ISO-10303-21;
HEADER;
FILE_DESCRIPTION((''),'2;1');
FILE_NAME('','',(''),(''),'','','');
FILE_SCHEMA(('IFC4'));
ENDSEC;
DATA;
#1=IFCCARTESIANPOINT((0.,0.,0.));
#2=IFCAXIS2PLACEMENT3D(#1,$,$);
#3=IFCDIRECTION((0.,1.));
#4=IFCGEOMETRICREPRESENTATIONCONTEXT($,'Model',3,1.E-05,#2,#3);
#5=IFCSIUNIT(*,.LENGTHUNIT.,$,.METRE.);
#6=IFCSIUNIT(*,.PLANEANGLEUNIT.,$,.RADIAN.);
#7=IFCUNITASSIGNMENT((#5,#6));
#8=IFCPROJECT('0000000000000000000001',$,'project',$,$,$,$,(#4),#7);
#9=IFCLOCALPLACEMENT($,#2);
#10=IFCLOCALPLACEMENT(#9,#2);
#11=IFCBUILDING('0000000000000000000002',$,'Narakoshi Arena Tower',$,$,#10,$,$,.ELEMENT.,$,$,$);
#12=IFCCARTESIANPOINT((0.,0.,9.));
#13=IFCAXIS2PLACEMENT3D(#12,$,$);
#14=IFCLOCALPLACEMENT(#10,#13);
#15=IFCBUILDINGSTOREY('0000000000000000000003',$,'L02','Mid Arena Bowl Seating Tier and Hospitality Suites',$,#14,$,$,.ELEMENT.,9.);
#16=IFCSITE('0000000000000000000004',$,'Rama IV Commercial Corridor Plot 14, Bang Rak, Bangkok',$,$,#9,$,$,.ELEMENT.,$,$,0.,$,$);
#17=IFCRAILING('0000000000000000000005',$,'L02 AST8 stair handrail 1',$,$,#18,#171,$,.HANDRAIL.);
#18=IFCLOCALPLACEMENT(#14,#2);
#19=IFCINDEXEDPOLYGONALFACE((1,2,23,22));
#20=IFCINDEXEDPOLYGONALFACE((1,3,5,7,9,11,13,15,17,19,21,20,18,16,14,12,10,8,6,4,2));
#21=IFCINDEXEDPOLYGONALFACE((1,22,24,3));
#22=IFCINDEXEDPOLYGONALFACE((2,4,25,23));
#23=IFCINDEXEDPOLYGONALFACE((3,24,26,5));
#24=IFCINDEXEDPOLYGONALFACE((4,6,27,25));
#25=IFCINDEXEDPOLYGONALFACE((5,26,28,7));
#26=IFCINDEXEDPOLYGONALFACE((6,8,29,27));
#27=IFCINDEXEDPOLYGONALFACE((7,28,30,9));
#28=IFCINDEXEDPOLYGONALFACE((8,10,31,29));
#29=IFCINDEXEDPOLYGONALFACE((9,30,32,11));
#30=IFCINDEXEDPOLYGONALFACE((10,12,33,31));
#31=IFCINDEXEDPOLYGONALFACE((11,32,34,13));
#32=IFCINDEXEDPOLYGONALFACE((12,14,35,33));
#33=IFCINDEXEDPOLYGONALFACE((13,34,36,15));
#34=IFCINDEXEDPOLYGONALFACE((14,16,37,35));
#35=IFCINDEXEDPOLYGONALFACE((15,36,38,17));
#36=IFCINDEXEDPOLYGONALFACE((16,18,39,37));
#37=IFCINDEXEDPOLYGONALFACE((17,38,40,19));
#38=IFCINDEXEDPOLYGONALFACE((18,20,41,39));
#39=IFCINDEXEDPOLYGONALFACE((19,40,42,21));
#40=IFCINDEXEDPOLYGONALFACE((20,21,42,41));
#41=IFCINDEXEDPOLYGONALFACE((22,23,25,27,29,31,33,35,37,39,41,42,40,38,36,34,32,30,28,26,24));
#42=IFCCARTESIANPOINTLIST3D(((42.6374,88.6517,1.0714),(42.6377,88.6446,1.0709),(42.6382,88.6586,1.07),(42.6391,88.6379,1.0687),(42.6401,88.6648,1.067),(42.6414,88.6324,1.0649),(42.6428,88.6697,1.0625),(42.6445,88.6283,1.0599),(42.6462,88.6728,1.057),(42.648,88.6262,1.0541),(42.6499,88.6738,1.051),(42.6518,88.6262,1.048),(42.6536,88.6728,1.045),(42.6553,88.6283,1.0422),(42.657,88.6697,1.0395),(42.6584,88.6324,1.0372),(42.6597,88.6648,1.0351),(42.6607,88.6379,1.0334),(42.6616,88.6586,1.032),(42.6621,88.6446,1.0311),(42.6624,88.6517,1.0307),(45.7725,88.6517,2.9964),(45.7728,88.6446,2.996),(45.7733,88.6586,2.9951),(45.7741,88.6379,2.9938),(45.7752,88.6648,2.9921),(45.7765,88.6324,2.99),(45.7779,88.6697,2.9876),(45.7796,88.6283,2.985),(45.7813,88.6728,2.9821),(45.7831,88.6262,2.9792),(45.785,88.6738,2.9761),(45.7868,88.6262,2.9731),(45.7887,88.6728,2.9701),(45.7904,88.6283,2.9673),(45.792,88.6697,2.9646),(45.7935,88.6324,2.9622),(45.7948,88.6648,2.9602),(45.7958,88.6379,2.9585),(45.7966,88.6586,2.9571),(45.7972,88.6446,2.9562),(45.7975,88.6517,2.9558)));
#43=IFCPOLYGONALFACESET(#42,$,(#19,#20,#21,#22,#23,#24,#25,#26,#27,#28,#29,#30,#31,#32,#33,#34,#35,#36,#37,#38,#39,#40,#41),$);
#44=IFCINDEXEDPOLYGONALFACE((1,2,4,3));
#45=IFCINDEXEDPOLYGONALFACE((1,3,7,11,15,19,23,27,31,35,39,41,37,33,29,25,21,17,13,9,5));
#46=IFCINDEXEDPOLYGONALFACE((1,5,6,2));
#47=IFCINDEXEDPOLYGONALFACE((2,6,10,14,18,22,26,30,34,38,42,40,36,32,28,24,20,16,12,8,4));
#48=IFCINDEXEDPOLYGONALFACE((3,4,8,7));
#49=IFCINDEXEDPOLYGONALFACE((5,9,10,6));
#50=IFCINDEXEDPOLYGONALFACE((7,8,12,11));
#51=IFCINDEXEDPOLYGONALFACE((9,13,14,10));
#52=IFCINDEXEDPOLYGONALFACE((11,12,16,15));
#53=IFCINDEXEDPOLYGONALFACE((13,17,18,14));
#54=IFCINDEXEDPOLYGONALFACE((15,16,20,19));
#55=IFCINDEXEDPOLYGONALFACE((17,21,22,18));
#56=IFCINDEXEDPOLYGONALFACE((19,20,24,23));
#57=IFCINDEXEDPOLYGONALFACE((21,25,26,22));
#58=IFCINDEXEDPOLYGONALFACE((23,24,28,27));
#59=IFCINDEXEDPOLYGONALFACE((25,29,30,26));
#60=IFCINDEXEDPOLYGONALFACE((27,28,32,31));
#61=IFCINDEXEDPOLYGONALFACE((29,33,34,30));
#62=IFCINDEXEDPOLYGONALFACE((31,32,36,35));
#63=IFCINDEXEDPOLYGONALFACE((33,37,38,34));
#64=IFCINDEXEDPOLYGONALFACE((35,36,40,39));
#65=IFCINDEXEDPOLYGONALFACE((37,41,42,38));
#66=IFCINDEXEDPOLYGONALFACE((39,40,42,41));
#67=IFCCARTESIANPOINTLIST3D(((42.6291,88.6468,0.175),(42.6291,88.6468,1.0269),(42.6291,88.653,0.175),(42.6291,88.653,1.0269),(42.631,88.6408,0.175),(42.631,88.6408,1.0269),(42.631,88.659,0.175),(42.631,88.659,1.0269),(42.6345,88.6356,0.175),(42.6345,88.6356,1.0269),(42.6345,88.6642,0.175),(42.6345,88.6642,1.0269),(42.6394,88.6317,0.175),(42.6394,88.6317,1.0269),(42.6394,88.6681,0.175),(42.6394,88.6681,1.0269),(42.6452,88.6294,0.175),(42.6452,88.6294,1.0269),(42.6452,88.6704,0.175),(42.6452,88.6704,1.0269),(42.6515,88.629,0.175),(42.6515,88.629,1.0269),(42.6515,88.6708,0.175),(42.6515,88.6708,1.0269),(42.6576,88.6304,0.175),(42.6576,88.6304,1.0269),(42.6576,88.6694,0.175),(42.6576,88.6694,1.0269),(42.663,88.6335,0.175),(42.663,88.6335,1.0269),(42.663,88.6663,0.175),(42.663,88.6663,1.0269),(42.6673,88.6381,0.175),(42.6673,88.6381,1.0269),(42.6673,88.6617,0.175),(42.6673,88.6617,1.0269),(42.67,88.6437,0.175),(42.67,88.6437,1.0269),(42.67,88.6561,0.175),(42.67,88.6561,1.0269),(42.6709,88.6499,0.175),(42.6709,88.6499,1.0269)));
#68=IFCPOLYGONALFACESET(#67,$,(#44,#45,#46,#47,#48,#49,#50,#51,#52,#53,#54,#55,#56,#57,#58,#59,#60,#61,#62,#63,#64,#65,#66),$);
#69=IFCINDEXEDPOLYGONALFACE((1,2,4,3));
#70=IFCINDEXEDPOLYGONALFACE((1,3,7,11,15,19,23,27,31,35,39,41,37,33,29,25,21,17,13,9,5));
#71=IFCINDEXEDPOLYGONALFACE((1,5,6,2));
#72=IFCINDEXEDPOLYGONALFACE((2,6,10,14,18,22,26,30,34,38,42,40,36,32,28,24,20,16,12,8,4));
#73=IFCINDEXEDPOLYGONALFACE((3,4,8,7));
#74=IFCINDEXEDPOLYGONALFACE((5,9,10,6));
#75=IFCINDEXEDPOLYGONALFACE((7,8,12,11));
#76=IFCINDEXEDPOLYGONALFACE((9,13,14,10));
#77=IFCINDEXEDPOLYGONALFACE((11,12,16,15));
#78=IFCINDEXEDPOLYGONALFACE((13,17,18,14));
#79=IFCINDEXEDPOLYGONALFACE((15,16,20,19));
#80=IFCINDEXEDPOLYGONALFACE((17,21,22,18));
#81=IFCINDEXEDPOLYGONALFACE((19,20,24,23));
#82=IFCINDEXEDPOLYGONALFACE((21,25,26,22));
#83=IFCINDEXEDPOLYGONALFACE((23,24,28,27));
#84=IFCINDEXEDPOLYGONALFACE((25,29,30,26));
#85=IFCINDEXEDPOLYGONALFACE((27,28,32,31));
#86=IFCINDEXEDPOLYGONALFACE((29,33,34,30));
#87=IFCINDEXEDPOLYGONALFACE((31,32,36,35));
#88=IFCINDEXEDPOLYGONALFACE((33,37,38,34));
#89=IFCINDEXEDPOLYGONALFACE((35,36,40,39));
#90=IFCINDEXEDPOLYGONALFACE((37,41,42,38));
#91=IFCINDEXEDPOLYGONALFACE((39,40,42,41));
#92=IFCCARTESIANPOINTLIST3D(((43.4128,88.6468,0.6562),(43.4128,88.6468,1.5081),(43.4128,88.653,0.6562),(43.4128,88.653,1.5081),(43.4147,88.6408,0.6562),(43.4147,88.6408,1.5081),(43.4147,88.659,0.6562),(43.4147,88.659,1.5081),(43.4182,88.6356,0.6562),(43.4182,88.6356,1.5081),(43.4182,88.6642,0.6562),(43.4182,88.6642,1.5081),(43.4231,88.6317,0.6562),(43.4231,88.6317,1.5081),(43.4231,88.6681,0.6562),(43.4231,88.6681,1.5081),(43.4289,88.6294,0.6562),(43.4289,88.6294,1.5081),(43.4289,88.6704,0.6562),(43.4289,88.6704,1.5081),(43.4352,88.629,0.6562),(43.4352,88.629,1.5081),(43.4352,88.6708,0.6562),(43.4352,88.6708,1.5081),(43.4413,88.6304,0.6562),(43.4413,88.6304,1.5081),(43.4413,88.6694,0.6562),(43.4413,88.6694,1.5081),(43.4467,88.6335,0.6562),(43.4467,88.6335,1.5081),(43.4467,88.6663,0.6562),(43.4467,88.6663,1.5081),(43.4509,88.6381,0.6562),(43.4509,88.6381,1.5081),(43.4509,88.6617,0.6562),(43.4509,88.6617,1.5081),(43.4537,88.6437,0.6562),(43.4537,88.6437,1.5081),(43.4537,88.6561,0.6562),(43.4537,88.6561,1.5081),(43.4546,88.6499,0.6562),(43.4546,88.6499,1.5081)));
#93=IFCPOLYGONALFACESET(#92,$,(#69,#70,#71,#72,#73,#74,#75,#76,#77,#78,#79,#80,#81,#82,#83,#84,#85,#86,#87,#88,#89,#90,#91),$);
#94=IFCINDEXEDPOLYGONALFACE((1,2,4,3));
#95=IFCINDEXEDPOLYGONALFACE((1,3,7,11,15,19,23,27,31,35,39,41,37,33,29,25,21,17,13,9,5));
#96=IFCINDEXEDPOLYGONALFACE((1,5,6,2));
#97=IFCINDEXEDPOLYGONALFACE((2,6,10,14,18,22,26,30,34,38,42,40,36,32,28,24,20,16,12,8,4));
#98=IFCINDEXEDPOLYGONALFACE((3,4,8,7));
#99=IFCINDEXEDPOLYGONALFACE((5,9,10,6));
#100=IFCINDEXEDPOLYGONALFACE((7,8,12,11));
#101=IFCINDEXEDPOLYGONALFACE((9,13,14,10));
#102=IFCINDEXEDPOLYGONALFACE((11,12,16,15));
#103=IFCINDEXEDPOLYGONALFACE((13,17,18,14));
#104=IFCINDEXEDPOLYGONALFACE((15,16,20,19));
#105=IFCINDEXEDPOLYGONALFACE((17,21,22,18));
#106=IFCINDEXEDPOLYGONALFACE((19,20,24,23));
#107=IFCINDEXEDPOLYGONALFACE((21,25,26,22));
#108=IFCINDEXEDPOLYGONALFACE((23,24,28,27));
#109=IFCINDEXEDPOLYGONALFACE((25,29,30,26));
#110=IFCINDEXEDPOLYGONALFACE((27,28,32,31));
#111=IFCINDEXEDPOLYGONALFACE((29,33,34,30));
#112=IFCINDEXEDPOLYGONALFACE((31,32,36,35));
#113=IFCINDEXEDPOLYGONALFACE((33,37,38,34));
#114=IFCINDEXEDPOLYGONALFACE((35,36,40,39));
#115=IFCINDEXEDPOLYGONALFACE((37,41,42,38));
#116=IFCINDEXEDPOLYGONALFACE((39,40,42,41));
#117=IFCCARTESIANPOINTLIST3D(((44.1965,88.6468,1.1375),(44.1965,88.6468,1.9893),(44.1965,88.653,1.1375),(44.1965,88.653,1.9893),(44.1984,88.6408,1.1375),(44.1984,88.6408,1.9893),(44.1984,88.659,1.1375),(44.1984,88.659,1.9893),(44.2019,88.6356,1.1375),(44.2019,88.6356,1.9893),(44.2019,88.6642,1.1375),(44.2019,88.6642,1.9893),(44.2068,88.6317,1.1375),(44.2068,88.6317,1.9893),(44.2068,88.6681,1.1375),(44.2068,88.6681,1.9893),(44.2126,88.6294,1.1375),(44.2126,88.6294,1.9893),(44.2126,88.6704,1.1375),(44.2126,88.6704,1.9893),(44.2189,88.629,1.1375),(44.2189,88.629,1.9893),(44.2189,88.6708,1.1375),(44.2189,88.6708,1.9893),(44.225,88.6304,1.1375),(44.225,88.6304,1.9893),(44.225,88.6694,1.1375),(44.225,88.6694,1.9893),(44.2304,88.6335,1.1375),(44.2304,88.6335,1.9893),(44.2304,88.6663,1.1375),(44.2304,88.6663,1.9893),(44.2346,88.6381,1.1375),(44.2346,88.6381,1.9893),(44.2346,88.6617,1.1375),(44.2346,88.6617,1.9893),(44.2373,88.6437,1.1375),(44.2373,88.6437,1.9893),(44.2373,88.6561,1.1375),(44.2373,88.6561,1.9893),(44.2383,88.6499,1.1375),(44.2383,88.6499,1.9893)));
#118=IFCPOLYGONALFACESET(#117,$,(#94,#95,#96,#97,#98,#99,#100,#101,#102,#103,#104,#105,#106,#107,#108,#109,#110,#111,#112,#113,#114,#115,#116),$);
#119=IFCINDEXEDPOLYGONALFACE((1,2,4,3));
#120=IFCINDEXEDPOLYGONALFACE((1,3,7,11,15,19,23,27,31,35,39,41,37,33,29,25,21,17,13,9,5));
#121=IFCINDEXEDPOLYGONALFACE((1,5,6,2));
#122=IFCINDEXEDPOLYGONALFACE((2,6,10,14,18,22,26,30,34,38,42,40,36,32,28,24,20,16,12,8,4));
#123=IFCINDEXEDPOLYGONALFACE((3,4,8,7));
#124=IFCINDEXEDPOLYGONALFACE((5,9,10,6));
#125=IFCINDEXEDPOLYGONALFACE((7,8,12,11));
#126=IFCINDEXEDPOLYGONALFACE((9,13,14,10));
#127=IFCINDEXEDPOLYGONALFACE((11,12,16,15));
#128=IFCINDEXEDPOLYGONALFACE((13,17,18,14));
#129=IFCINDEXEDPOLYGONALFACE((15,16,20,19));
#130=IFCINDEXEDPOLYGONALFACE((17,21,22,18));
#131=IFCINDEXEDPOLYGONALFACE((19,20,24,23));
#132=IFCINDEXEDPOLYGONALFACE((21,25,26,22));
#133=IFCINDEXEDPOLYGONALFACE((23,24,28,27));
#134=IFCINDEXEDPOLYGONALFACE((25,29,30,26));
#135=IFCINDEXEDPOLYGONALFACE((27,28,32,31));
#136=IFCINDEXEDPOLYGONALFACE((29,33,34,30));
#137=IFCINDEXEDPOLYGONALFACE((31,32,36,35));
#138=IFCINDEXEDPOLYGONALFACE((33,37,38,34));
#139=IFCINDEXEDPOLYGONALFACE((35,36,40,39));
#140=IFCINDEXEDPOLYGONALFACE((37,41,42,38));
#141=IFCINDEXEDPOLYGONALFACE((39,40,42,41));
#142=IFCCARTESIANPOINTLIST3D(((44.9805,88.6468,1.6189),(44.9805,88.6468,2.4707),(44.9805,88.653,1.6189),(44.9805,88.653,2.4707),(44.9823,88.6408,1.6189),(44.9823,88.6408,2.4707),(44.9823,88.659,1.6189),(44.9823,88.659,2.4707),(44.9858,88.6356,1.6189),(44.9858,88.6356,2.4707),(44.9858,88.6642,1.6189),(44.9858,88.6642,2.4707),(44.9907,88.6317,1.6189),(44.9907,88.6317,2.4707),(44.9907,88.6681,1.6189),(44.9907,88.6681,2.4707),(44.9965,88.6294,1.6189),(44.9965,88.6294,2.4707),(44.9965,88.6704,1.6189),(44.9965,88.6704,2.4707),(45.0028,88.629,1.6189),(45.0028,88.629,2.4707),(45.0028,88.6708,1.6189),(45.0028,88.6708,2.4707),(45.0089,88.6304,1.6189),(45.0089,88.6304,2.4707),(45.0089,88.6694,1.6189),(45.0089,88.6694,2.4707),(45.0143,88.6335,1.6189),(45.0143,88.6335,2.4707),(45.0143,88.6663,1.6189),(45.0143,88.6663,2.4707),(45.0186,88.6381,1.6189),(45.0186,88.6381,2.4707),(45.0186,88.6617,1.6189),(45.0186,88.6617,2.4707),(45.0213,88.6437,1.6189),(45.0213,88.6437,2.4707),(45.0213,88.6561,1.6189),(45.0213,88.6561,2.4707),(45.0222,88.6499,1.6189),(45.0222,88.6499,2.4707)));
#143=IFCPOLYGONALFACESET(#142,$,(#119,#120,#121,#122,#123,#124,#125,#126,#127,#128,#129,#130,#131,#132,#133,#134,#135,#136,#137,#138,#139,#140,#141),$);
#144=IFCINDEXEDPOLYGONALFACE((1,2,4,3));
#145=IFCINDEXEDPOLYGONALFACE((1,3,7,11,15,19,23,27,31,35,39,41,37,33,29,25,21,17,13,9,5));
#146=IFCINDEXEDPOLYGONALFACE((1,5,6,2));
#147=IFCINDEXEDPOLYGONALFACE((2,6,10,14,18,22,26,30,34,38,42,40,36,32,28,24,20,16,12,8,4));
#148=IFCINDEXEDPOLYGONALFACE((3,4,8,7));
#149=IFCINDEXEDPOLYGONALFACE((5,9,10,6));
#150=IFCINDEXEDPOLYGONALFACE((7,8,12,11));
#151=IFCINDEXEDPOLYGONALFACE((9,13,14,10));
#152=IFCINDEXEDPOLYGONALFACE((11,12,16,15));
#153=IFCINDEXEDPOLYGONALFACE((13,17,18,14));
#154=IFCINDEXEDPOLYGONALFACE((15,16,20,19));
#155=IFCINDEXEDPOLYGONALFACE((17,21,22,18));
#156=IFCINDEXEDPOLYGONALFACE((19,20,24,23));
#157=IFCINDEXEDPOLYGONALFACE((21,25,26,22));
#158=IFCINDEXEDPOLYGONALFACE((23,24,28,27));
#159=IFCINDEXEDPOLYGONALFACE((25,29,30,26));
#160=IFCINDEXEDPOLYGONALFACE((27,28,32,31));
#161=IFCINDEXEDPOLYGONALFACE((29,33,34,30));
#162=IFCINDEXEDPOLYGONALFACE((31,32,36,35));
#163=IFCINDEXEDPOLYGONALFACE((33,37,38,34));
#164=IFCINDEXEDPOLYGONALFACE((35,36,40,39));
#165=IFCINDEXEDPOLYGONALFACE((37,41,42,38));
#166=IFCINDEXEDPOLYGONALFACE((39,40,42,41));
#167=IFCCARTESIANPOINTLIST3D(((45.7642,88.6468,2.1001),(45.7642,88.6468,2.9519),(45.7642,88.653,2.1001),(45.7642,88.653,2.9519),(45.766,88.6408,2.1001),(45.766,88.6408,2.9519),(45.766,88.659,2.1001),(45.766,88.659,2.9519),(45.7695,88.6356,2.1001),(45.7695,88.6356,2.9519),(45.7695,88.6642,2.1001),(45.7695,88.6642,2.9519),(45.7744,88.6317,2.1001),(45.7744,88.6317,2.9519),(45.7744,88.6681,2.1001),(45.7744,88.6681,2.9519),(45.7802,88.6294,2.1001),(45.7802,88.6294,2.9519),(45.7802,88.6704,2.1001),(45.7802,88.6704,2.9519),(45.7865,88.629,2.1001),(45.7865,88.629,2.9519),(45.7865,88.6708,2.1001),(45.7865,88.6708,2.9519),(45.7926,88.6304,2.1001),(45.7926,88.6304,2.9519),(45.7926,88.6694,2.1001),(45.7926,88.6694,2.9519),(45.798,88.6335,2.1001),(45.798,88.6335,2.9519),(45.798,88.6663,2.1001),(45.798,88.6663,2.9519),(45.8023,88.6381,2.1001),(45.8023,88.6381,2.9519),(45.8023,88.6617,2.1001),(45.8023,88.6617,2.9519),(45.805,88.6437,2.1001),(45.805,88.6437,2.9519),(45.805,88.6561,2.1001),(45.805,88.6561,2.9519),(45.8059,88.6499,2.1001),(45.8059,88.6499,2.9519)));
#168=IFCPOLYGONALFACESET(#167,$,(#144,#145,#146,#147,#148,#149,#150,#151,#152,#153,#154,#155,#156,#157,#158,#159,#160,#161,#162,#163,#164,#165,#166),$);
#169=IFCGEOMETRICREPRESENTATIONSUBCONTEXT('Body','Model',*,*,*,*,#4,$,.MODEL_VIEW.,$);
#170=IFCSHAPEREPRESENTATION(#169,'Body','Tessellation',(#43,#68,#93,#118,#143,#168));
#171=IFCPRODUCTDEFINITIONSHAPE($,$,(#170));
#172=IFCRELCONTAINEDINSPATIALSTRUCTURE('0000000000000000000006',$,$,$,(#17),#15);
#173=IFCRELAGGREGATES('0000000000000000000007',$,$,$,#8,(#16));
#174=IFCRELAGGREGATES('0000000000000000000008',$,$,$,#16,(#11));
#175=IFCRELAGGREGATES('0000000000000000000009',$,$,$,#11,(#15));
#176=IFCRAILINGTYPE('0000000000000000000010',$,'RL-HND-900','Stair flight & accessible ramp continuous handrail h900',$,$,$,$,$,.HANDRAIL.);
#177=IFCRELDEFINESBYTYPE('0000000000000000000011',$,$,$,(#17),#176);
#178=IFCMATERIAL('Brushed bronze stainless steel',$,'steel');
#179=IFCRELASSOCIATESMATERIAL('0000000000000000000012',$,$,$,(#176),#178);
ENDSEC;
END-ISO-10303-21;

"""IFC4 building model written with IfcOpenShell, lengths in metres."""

from ifc_helpers import new_model, si_unit, direction, frame, origin, origin_2d, place, context, subcontext, project, spatial, circle, extrude, material, type_object, element, save


model = new_model("IFC4")

# Units and contexts
model_context = context("Model", 3, precision=1e-05, world=origin(), true_north=direction((0.0, 1.0)))
body_context = subcontext(model_context, "Body", "Model", "MODEL_VIEW")
ifc_project = project(units=[si_unit("LENGTHUNIT", "METRE"), si_unit("PLANEANGLEUNIT", "RADIAN")], contexts=[model_context])

# Site, building, storey
site_placement = place(None, origin())
site = spatial("IfcSite", under=ifc_project, at=site_placement, Name="Rama IV Commercial Corridor Plot 14, Bang Rak, Bangkok", CompositionType="ELEMENT", RefElevation=0.0)
building_placement = place(site_placement, origin())
building = spatial("IfcBuilding", under=site, at=building_placement, Name="Narakoshi Arena Tower", CompositionType="ELEMENT")
storey_placement = place(building_placement, frame((0.0, 0.0, 9.0)))
storey = spatial("IfcBuildingStorey", under=building, at=storey_placement, Name="L02", Description="Mid Arena Bowl Seating Tier and Hospitality Suites", CompositionType="ELEMENT", Elevation=9.0)

# Railing
ifc_material_1 = material(Name="Brushed bronze stainless steel", Category="steel")
railing_type_1 = type_object("IfcRailingType", Name="RL-HND-900", Description="Stair flight & accessible ramp continuous handrail h900", PredefinedType="HANDRAIL", material=ifc_material_1)
railing_1_placement = place(storey_placement, frame((42.6499, 88.6499, 0.175)))
element("IfcRailing", 1, at=railing_1_placement, inside=storey, type_object=railing_type_1, Name="L02 AST8 stair handrail 1", PredefinedType="HANDRAIL", context=body_context, shape_type="SweptSolid", body=[
    extrude(circle(Radius=0.0239, at=origin_2d()), frame((0.0, 0.0, 0.876), z_axis=(0.852166, 0.0, 0.523271), x_axis=(0.0, 1.0, 0.0)), (0.0, 0.0, 1.0), 3.679),
    extrude(circle(Radius=0.021, at=origin_2d()), origin(), (0.0, 0.0, 1.0), 0.8518),
    extrude(circle(Radius=0.021, at=origin_2d()), frame((0.7837, 0.0, 0.4812)), (0.0, 0.0, 1.0), 0.8518),
    extrude(circle(Radius=0.021, at=origin_2d()), frame((1.5674, 0.0, 0.9624)), (0.0, 0.0, 1.0), 0.8518),
    extrude(circle(Radius=0.021, at=origin_2d()), frame((2.3513, 0.0, 1.4438)), (0.0, 0.0, 1.0), 0.8518),
    extrude(circle(Radius=0.021, at=origin_2d()), frame((3.135, 0.0, 1.925)), (0.0, 0.0, 1.0), 0.8518),
])

save(model, "model.ifc")
